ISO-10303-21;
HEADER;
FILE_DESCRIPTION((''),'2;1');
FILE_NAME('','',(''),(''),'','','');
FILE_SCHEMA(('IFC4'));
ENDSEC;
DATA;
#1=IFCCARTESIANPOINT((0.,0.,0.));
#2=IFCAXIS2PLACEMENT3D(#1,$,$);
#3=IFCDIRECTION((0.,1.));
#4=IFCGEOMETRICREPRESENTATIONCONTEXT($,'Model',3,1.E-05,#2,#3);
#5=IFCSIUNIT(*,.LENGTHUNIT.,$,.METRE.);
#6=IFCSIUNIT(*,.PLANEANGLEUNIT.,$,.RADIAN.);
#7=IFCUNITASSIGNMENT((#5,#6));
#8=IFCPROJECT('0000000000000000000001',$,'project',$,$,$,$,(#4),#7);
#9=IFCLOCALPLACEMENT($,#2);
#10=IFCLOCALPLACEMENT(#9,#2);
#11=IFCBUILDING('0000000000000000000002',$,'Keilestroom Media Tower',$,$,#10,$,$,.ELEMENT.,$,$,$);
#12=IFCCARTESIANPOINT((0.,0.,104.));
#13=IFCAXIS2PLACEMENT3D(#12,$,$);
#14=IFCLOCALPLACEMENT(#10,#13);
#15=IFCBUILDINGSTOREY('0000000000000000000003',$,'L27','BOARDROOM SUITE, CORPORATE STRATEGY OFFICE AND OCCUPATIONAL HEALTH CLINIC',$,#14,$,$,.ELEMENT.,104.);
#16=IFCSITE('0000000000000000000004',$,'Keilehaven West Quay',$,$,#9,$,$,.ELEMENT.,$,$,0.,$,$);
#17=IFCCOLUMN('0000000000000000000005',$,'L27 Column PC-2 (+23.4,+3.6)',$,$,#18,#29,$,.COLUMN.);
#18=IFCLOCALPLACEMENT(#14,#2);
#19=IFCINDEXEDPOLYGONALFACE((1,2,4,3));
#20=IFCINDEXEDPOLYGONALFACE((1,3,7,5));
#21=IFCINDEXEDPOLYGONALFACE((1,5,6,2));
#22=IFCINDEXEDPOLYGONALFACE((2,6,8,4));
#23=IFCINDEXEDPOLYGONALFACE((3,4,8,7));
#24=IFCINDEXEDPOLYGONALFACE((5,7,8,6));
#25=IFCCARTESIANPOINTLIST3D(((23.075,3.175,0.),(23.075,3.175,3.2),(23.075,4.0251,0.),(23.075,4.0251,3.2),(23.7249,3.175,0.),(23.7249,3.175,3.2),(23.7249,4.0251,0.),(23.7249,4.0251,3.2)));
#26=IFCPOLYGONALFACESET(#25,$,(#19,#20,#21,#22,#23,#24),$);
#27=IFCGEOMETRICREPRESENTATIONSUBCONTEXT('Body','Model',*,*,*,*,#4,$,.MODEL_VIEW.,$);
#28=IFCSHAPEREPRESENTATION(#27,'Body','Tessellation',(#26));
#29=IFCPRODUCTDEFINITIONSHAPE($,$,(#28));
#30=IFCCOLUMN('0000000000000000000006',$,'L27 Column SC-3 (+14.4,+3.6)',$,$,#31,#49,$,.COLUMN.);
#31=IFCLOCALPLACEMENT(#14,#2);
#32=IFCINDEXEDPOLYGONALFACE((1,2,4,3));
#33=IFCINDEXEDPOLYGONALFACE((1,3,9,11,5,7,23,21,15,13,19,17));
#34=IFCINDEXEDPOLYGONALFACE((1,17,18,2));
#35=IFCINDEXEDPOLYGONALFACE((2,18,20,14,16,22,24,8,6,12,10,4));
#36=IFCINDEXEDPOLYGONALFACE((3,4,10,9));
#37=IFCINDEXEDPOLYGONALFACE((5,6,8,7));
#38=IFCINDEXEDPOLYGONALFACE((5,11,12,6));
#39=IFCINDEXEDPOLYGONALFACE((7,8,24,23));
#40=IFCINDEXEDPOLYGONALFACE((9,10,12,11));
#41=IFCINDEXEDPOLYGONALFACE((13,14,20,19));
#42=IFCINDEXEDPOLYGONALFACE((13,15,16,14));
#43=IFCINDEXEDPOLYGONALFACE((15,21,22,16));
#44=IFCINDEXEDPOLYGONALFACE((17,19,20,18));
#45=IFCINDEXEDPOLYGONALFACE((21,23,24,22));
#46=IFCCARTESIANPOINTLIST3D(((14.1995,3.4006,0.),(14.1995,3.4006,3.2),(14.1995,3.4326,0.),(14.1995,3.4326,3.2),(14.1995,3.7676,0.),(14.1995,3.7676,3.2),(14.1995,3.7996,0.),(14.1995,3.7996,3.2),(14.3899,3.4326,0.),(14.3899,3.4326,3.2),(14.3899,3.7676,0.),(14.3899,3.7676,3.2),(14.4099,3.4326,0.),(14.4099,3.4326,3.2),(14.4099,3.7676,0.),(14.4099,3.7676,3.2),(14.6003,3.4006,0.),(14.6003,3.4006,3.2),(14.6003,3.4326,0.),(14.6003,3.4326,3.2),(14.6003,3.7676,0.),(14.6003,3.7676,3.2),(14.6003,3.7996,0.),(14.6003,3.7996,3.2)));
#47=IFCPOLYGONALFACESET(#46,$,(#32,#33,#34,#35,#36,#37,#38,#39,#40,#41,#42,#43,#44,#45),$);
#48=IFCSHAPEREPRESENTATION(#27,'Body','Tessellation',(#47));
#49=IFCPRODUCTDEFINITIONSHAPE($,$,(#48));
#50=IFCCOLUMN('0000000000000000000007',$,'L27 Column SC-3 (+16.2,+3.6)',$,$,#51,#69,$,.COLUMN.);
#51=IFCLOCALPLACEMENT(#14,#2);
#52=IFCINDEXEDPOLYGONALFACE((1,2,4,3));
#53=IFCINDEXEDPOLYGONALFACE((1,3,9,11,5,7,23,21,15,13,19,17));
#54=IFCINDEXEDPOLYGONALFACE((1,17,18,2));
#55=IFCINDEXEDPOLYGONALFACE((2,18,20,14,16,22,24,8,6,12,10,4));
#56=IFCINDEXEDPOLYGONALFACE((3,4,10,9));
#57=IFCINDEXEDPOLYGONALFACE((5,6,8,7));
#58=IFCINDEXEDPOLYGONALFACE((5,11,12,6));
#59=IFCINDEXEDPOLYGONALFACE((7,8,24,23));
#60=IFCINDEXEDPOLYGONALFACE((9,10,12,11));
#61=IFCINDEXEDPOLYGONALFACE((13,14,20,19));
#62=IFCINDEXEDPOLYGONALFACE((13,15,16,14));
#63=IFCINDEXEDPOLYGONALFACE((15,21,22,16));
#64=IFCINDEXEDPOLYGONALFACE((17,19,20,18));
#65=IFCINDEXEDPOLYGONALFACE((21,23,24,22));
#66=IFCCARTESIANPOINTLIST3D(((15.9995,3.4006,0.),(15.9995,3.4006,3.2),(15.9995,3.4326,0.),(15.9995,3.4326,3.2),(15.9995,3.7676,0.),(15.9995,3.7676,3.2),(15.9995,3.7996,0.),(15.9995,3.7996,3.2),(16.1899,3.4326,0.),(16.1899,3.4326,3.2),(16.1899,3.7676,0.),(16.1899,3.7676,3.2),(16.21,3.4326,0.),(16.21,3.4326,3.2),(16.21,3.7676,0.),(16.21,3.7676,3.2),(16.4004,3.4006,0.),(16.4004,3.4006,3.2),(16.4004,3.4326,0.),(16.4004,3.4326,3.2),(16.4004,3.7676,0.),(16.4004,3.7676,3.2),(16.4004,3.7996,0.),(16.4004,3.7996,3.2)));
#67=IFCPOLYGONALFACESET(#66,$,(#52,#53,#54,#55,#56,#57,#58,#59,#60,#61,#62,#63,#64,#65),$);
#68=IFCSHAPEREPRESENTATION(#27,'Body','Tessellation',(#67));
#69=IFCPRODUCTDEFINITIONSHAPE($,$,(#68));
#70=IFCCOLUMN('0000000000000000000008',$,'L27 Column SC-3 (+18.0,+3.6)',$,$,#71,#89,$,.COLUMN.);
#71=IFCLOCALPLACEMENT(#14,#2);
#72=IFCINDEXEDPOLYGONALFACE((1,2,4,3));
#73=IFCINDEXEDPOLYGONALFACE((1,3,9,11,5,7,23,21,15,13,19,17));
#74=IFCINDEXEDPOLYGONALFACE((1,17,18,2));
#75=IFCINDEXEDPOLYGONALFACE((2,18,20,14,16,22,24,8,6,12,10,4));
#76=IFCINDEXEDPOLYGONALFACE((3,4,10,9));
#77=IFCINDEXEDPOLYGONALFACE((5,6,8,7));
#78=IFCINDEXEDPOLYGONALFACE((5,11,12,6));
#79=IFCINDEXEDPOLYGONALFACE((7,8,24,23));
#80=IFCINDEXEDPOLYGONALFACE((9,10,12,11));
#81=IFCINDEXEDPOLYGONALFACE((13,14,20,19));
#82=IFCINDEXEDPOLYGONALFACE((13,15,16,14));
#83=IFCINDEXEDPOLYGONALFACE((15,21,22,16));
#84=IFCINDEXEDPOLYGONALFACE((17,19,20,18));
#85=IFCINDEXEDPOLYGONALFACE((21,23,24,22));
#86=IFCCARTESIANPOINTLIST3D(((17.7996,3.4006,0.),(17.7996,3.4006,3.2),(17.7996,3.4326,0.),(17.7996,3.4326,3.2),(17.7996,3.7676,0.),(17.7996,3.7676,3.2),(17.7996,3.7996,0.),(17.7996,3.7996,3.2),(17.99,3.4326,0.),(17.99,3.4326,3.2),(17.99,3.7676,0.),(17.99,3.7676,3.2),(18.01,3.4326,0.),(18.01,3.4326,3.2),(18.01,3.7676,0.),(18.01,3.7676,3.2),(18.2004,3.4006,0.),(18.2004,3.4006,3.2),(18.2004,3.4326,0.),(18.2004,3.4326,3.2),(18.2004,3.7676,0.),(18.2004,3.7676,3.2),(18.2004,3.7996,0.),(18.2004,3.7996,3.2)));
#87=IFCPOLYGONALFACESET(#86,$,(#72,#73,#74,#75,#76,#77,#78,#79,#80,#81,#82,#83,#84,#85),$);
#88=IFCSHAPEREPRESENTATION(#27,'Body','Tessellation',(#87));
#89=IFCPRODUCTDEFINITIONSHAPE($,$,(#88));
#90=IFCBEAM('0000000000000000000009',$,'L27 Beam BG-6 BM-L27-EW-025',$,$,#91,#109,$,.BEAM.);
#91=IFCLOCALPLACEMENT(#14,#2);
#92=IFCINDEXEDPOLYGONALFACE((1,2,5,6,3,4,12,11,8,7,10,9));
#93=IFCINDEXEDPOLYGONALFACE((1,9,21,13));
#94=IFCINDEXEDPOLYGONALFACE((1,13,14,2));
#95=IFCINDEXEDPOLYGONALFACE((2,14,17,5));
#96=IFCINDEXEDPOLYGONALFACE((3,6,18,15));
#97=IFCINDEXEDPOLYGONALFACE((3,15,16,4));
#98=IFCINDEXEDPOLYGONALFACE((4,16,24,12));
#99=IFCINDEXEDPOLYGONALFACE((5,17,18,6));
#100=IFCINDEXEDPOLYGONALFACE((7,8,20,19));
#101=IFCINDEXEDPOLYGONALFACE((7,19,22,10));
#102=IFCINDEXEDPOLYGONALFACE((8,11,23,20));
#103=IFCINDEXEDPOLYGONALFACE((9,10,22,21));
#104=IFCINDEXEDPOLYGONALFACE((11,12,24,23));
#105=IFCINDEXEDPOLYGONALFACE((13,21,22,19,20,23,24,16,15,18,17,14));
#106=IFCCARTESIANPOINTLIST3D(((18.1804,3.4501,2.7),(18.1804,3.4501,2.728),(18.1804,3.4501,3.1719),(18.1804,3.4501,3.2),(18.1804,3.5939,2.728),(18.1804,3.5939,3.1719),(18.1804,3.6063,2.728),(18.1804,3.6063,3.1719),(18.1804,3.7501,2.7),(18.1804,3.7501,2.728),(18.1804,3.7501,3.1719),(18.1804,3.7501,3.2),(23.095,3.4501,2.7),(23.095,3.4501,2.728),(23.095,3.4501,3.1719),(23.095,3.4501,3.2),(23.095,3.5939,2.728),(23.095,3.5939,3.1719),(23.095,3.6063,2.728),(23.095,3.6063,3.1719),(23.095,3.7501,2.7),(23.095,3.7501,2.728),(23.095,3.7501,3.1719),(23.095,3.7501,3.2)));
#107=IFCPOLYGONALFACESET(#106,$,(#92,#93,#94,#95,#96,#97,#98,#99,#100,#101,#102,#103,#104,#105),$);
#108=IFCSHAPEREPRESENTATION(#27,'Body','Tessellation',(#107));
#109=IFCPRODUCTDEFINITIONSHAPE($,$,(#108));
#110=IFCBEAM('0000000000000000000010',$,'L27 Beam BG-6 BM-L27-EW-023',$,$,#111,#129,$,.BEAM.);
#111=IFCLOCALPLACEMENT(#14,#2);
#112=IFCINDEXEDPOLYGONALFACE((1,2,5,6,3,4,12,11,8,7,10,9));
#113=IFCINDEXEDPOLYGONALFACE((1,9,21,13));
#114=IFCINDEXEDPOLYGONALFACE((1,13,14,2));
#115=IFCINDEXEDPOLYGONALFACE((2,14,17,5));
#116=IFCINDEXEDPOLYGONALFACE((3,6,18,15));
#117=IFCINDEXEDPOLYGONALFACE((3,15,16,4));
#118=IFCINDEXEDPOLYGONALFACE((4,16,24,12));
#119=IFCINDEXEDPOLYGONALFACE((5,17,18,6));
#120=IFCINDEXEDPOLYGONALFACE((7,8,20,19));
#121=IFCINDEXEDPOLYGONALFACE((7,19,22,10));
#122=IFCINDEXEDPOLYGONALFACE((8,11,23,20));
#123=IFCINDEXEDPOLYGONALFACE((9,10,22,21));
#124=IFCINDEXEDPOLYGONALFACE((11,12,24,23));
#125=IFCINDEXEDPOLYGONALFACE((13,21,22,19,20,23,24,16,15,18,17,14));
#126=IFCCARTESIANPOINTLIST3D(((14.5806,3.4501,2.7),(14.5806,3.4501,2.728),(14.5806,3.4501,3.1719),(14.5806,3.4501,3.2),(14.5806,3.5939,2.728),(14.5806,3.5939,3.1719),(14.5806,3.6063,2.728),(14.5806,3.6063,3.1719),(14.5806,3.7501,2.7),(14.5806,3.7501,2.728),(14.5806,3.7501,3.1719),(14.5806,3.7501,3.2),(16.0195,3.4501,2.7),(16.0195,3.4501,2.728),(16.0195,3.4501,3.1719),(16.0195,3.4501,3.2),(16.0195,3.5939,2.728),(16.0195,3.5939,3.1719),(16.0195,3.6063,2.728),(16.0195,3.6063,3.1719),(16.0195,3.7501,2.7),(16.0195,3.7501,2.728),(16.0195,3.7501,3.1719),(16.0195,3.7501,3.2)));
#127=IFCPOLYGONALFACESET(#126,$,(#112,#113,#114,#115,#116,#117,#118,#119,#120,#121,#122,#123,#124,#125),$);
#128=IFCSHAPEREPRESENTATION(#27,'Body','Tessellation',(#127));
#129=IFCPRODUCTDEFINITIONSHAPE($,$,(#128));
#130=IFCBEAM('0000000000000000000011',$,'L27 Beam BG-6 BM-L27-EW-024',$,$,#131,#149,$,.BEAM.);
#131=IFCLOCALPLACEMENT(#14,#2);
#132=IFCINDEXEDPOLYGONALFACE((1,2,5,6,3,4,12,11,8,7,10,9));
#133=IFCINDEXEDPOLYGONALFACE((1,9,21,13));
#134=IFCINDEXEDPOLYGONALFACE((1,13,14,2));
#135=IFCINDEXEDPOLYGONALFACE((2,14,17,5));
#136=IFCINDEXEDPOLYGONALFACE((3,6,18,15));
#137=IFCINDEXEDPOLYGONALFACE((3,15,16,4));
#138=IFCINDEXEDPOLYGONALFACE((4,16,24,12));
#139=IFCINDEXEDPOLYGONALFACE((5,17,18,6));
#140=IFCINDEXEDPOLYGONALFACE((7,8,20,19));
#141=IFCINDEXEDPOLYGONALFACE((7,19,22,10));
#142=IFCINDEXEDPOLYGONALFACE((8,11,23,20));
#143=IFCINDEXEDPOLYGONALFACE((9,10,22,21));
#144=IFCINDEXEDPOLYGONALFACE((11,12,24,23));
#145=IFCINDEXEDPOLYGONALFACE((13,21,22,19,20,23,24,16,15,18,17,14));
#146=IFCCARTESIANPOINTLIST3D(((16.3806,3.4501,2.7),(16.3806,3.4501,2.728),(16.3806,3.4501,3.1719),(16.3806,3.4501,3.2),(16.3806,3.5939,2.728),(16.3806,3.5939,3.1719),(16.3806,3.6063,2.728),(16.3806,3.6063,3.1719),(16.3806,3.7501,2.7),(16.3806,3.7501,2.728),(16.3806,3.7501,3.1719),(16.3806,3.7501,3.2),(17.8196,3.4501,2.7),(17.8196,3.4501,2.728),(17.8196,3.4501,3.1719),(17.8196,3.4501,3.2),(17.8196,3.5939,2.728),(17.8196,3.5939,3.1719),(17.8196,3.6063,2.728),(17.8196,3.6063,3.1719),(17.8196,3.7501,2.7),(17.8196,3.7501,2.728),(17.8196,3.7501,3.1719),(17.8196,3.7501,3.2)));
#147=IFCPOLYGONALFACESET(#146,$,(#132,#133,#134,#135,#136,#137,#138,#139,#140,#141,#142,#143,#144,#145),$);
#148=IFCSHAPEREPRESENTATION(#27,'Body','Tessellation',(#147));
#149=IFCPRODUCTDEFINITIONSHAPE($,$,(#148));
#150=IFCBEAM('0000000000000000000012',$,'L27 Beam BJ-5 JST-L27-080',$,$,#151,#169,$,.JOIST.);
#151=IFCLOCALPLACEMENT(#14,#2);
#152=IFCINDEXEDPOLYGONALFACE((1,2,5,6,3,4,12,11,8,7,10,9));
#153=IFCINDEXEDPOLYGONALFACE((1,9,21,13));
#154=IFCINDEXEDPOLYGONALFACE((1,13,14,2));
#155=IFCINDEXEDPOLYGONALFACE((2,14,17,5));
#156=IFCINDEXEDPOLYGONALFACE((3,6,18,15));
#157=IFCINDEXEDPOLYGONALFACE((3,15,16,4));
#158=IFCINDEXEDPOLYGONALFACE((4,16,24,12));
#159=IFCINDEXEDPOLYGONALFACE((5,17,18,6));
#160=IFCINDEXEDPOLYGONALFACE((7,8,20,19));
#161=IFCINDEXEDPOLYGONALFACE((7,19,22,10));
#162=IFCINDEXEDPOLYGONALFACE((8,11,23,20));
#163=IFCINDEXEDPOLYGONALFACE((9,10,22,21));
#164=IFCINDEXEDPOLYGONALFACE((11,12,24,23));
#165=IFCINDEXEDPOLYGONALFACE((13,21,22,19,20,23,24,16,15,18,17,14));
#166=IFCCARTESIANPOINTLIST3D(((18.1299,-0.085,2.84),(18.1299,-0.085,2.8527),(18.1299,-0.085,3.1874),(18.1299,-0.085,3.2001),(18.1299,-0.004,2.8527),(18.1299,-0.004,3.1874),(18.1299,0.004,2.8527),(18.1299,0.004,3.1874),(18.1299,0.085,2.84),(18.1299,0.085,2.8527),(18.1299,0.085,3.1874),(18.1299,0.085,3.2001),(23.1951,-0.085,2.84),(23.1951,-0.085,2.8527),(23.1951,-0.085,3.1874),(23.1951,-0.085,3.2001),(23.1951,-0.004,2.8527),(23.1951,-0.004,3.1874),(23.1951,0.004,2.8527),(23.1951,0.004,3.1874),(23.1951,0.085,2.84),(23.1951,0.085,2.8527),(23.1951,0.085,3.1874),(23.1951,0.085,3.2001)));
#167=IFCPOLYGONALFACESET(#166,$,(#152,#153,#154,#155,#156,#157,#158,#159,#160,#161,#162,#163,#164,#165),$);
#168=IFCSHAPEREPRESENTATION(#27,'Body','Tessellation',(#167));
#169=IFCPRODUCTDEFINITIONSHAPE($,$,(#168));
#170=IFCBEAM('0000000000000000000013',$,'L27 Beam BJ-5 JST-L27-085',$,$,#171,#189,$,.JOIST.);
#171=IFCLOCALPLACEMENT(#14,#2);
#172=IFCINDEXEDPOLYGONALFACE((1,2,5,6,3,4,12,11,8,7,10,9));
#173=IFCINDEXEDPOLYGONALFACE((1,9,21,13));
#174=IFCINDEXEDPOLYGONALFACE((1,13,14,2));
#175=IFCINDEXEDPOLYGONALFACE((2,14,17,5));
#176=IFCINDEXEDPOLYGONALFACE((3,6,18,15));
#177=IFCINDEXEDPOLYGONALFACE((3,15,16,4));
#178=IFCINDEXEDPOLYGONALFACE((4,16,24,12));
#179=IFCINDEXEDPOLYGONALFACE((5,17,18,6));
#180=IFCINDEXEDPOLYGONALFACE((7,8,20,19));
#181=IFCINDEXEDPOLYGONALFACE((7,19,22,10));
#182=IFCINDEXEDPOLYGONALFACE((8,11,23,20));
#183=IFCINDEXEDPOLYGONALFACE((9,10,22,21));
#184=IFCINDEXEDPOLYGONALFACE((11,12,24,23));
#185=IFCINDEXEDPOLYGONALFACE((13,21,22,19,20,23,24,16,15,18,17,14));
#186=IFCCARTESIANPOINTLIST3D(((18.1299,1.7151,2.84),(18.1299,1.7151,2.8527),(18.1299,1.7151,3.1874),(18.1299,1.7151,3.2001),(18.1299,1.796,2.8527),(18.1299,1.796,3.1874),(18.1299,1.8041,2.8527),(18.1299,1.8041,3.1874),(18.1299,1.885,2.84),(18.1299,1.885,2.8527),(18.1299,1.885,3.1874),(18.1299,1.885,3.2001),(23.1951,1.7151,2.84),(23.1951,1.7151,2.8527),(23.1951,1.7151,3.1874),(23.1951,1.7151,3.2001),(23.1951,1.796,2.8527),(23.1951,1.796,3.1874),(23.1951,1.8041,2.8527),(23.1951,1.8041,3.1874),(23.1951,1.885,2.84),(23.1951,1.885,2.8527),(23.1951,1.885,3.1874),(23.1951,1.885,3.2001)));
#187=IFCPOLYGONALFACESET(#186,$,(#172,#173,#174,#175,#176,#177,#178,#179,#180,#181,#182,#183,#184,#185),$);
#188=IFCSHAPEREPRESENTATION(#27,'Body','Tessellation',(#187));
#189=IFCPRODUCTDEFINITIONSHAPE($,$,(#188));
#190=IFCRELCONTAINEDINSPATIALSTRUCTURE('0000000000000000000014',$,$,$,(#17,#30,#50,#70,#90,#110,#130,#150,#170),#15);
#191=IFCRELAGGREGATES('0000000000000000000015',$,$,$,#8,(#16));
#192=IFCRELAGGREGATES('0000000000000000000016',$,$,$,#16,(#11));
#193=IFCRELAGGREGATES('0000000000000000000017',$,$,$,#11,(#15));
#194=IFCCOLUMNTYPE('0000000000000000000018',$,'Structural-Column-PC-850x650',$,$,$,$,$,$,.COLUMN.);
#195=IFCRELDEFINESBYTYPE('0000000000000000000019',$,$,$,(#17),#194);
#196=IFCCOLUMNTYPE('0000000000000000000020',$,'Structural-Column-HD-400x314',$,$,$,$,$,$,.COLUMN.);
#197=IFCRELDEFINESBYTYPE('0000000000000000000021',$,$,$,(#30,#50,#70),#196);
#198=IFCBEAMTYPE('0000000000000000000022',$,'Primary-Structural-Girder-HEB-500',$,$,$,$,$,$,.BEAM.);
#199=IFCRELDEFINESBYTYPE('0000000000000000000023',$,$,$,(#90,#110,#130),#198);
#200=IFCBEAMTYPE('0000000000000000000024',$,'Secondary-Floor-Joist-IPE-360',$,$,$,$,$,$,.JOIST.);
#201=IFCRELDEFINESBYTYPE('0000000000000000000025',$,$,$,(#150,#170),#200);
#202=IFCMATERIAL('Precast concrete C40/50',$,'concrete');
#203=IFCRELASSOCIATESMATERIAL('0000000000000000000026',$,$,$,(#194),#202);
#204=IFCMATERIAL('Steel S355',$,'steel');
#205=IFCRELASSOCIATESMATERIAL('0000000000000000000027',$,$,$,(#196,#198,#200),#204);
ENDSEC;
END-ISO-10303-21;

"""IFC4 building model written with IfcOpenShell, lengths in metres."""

from ifc_helpers import new_model, si_unit, direction, frame, origin, origin_2d, place, context, subcontext, project, spatial, rectangle, i_section, extrude, source, transform, mapped, material, material_profile, profile_set, type_object, element, save


model = new_model("IFC4")

# Units and contexts
model_context = context("Model", 3, precision=1e-05, world=origin(), true_north=direction((0.0, 1.0)))
body_context = subcontext(model_context, "Body", "Model", "MODEL_VIEW")
ifc_project = project(units=[si_unit("LENGTHUNIT", "METRE"), si_unit("PLANEANGLEUNIT", "RADIAN")], contexts=[model_context])

# Site, building, storey
site_placement = place(None, origin())
site = spatial("IfcSite", under=ifc_project, at=site_placement, Name="Keilehaven West Quay", CompositionType="ELEMENT", RefElevation=0.0)
building_placement = place(site_placement, origin())
building = spatial("IfcBuilding", under=site, at=building_placement, Name="Keilestroom Media Tower", CompositionType="ELEMENT")
storey_placement = place(building_placement, frame((0.0, 0.0, 104.0)))
storey = spatial("IfcBuildingStorey", under=building, at=storey_placement, Name="L27", Description="BOARDROOM SUITE, CORPORATE STRATEGY OFFICE AND OCCUPATIONAL HEALTH CLINIC", CompositionType="ELEMENT", Elevation=104.0)

# Columns
ifc_material_1 = material(Name="Precast concrete C40/50", Category="concrete")
ifc_material_profile_1 = material_profile(ifc_material_1, rectangle(XDim=0.6499, YDim=0.8501, at=origin_2d()), Name="PC 850x650")
ifc_profile_set_1 = profile_set([ifc_material_profile_1], Name="Precast concrete C40/50")
column_type_1 = type_object("IfcColumnType", Name="Structural-Column-PC-850x650", PredefinedType="COLUMN", material=ifc_profile_set_1)
shared_shape_1 = source(origin(), body_context, "Body", "SweptSolid", [
    extrude(rectangle(XDim=0.6499, YDim=0.8501, at=origin_2d()), origin(), (0.0, 0.0, 1.0), 3.2),
])
column_placement = place(storey_placement, frame((23.3999, 3.6001, 0.0), z_axis=(0.0, 0.0, 1.0), x_axis=(1.0, 0.0, 0.0)))
element("IfcColumn", 1, at=column_placement, inside=storey, type_object=column_type_1, Name="L27 Column PC-2 (+23.4,+3.6)", PredefinedType="COLUMN", context=body_context, shape_type="MappedRepresentation", body=[
    mapped(shared_shape_1, transform((0.0, 0.0, 0.0), x_axis=(1.0, 0.0, 0.0), y_axis=(0.0, 1.0, 0.0), z_axis=(0.0, 0.0, 1.0), scale=1.0)),
])
ifc_material_2 = material(Name="Steel S355", Category="steel")
ifc_material_profile_2 = material_profile(ifc_material_2, i_section(OverallWidth=0.4009, OverallDepth=0.3989, WebThickness=0.02, FlangeThickness=0.032, at=origin_2d()), Name="HD 400x314")
ifc_profile_set_2 = profile_set([ifc_material_profile_2], Name="Steel S355")
column_type_2 = type_object("IfcColumnType", Name="Structural-Column-HD-400x314", PredefinedType="COLUMN", material=ifc_profile_set_2)
shared_shape_2 = source(origin(), body_context, "Body", "SweptSolid", [
    extrude(i_section(OverallWidth=0.4009, OverallDepth=0.3989, WebThickness=0.02, FlangeThickness=0.032, at=origin_2d()), origin(), (0.0, 0.0, 1.0), 3.2),
])
for number, where, z_axis, x_axis, name in (
    (2, (14.3999, 3.6001, 0.0), (0.0, 0.0, 1.0), (1.0, 0.0, 0.0), "L27 Column SC-3 (+14.4,+3.6)"),
    (3, (16.2, 3.6001, 0.0), (0.0, 0.0, 1.0), (1.0, 0.0, 0.0), "L27 Column SC-3 (+16.2,+3.6)"),
    (4, (18.0, 3.6001, 0.0), (0.0, 0.0, 1.0), (1.0, 0.0, 0.0), "L27 Column SC-3 (+18.0,+3.6)"),
):
    element("IfcColumn", number, at=place(storey_placement, frame(where, z_axis=z_axis, x_axis=x_axis)), inside=storey, type_object=column_type_2, Name=name, PredefinedType="COLUMN", context=body_context, shape_type="MappedRepresentation", body=[
        mapped(shared_shape_2, transform((0.0, 0.0, 0.0), x_axis=(1.0, 0.0, 0.0), y_axis=(0.0, 1.0, 0.0), z_axis=(0.0, 0.0, 1.0), scale=1.0)),
    ])

# Beams
ifc_material_profile_3 = material_profile(ifc_material_2, i_section(OverallWidth=0.3, OverallDepth=0.5, WebThickness=0.0125, FlangeThickness=0.0281, at=origin_2d()), Name="HEB 500")
ifc_profile_set_3 = profile_set([ifc_material_profile_3], Name="Steel S355")
beam_type_1 = type_object("IfcBeamType", Name="Primary-Structural-Girder-HEB-500", PredefinedType="BEAM", material=ifc_profile_set_3)
shared_shape_3 = source(origin(), body_context, "Body", "SweptSolid", [
    extrude(i_section(OverallWidth=0.3, OverallDepth=0.5, WebThickness=0.0125, FlangeThickness=0.0281, at=origin_2d()), origin(), (0.0, 0.0, 1.0), 4.9146),
])
beam_placement = place(storey_placement, frame((18.1804, 3.6001, 2.95), z_axis=(1.0, 0.0, 0.0), x_axis=(0.0, 1.0, 0.0)))
element("IfcBeam", 5, at=beam_placement, inside=storey, type_object=beam_type_1, Name="L27 Beam BG-6 BM-L27-EW-025", PredefinedType="BEAM", context=body_context, shape_type="MappedRepresentation", body=[
    mapped(shared_shape_3, transform((0.0, 0.0, 0.0), x_axis=(1.0, 0.0, 0.0), y_axis=(0.0, 1.0, 0.0), z_axis=(0.0, 0.0, 1.0), scale=1.0)),
])
shared_shape_4 = source(origin(), body_context, "Body", "SweptSolid", [
    extrude(i_section(OverallWidth=0.3, OverallDepth=0.5, WebThickness=0.0125, FlangeThickness=0.0281, at=origin_2d()), origin(), (0.0, 0.0, 1.0), 1.439),
])
for number, where, z_axis, x_axis, name in (
    (6, (14.5806, 3.6001, 2.95), (1.0, 0.0, 0.0), (0.0, 1.0, 0.0), "L27 Beam BG-6 BM-L27-EW-023"),
    (7, (16.3806, 3.6001, 2.95), (1.0, 0.0, 0.0), (0.0, 1.0, 0.0), "L27 Beam BG-6 BM-L27-EW-024"),
):
    element("IfcBeam", number, at=place(storey_placement, frame(where, z_axis=z_axis, x_axis=x_axis)), inside=storey, type_object=beam_type_1, Name=name, PredefinedType="BEAM", context=body_context, shape_type="MappedRepresentation", body=[
        mapped(shared_shape_4, transform((0.0, 0.0, 0.0), x_axis=(1.0, 0.0, 0.0), y_axis=(0.0, 1.0, 0.0), z_axis=(0.0, 0.0, 1.0), scale=1.0)),
    ])
ifc_material_profile_4 = material_profile(ifc_material_2, i_section(OverallWidth=0.1699, OverallDepth=0.3601, WebThickness=0.0081, FlangeThickness=0.0127, at=origin_2d()), Name="IPE 360")
ifc_profile_set_4 = profile_set([ifc_material_profile_4], Name="Steel S355")
beam_type_2 = type_object("IfcBeamType", Name="Secondary-Floor-Joist-IPE-360", PredefinedType="JOIST", material=ifc_profile_set_4)
shared_shape_5 = source(origin(), body_context, "Body", "SweptSolid", [
    extrude(i_section(OverallWidth=0.1699, OverallDepth=0.3601, WebThickness=0.0081, FlangeThickness=0.0127, at=origin_2d()), origin(), (0.0, 0.0, 1.0), 5.0652),
])
for number, where, z_axis, x_axis, name in (
    (8, (18.1299, 0.0, 3.02), (1.0, 0.0, 0.0), (0.0, 1.0, 0.0), "L27 Beam BJ-5 JST-L27-080"),
    (9, (18.1299, 1.8, 3.02), (1.0, 0.0, 0.0), (0.0, 1.0, 0.0), "L27 Beam BJ-5 JST-L27-085"),
):
    element("IfcBeam", number, at=place(storey_placement, frame(where, z_axis=z_axis, x_axis=x_axis)), inside=storey, type_object=beam_type_2, Name=name, PredefinedType="JOIST", context=body_context, shape_type="MappedRepresentation", body=[
        mapped(shared_shape_5, transform((0.0, 0.0, 0.0), x_axis=(1.0, 0.0, 0.0), y_axis=(0.0, 1.0, 0.0), z_axis=(0.0, 0.0, 1.0), scale=1.0)),
    ])

save(model, "model.ifc")
